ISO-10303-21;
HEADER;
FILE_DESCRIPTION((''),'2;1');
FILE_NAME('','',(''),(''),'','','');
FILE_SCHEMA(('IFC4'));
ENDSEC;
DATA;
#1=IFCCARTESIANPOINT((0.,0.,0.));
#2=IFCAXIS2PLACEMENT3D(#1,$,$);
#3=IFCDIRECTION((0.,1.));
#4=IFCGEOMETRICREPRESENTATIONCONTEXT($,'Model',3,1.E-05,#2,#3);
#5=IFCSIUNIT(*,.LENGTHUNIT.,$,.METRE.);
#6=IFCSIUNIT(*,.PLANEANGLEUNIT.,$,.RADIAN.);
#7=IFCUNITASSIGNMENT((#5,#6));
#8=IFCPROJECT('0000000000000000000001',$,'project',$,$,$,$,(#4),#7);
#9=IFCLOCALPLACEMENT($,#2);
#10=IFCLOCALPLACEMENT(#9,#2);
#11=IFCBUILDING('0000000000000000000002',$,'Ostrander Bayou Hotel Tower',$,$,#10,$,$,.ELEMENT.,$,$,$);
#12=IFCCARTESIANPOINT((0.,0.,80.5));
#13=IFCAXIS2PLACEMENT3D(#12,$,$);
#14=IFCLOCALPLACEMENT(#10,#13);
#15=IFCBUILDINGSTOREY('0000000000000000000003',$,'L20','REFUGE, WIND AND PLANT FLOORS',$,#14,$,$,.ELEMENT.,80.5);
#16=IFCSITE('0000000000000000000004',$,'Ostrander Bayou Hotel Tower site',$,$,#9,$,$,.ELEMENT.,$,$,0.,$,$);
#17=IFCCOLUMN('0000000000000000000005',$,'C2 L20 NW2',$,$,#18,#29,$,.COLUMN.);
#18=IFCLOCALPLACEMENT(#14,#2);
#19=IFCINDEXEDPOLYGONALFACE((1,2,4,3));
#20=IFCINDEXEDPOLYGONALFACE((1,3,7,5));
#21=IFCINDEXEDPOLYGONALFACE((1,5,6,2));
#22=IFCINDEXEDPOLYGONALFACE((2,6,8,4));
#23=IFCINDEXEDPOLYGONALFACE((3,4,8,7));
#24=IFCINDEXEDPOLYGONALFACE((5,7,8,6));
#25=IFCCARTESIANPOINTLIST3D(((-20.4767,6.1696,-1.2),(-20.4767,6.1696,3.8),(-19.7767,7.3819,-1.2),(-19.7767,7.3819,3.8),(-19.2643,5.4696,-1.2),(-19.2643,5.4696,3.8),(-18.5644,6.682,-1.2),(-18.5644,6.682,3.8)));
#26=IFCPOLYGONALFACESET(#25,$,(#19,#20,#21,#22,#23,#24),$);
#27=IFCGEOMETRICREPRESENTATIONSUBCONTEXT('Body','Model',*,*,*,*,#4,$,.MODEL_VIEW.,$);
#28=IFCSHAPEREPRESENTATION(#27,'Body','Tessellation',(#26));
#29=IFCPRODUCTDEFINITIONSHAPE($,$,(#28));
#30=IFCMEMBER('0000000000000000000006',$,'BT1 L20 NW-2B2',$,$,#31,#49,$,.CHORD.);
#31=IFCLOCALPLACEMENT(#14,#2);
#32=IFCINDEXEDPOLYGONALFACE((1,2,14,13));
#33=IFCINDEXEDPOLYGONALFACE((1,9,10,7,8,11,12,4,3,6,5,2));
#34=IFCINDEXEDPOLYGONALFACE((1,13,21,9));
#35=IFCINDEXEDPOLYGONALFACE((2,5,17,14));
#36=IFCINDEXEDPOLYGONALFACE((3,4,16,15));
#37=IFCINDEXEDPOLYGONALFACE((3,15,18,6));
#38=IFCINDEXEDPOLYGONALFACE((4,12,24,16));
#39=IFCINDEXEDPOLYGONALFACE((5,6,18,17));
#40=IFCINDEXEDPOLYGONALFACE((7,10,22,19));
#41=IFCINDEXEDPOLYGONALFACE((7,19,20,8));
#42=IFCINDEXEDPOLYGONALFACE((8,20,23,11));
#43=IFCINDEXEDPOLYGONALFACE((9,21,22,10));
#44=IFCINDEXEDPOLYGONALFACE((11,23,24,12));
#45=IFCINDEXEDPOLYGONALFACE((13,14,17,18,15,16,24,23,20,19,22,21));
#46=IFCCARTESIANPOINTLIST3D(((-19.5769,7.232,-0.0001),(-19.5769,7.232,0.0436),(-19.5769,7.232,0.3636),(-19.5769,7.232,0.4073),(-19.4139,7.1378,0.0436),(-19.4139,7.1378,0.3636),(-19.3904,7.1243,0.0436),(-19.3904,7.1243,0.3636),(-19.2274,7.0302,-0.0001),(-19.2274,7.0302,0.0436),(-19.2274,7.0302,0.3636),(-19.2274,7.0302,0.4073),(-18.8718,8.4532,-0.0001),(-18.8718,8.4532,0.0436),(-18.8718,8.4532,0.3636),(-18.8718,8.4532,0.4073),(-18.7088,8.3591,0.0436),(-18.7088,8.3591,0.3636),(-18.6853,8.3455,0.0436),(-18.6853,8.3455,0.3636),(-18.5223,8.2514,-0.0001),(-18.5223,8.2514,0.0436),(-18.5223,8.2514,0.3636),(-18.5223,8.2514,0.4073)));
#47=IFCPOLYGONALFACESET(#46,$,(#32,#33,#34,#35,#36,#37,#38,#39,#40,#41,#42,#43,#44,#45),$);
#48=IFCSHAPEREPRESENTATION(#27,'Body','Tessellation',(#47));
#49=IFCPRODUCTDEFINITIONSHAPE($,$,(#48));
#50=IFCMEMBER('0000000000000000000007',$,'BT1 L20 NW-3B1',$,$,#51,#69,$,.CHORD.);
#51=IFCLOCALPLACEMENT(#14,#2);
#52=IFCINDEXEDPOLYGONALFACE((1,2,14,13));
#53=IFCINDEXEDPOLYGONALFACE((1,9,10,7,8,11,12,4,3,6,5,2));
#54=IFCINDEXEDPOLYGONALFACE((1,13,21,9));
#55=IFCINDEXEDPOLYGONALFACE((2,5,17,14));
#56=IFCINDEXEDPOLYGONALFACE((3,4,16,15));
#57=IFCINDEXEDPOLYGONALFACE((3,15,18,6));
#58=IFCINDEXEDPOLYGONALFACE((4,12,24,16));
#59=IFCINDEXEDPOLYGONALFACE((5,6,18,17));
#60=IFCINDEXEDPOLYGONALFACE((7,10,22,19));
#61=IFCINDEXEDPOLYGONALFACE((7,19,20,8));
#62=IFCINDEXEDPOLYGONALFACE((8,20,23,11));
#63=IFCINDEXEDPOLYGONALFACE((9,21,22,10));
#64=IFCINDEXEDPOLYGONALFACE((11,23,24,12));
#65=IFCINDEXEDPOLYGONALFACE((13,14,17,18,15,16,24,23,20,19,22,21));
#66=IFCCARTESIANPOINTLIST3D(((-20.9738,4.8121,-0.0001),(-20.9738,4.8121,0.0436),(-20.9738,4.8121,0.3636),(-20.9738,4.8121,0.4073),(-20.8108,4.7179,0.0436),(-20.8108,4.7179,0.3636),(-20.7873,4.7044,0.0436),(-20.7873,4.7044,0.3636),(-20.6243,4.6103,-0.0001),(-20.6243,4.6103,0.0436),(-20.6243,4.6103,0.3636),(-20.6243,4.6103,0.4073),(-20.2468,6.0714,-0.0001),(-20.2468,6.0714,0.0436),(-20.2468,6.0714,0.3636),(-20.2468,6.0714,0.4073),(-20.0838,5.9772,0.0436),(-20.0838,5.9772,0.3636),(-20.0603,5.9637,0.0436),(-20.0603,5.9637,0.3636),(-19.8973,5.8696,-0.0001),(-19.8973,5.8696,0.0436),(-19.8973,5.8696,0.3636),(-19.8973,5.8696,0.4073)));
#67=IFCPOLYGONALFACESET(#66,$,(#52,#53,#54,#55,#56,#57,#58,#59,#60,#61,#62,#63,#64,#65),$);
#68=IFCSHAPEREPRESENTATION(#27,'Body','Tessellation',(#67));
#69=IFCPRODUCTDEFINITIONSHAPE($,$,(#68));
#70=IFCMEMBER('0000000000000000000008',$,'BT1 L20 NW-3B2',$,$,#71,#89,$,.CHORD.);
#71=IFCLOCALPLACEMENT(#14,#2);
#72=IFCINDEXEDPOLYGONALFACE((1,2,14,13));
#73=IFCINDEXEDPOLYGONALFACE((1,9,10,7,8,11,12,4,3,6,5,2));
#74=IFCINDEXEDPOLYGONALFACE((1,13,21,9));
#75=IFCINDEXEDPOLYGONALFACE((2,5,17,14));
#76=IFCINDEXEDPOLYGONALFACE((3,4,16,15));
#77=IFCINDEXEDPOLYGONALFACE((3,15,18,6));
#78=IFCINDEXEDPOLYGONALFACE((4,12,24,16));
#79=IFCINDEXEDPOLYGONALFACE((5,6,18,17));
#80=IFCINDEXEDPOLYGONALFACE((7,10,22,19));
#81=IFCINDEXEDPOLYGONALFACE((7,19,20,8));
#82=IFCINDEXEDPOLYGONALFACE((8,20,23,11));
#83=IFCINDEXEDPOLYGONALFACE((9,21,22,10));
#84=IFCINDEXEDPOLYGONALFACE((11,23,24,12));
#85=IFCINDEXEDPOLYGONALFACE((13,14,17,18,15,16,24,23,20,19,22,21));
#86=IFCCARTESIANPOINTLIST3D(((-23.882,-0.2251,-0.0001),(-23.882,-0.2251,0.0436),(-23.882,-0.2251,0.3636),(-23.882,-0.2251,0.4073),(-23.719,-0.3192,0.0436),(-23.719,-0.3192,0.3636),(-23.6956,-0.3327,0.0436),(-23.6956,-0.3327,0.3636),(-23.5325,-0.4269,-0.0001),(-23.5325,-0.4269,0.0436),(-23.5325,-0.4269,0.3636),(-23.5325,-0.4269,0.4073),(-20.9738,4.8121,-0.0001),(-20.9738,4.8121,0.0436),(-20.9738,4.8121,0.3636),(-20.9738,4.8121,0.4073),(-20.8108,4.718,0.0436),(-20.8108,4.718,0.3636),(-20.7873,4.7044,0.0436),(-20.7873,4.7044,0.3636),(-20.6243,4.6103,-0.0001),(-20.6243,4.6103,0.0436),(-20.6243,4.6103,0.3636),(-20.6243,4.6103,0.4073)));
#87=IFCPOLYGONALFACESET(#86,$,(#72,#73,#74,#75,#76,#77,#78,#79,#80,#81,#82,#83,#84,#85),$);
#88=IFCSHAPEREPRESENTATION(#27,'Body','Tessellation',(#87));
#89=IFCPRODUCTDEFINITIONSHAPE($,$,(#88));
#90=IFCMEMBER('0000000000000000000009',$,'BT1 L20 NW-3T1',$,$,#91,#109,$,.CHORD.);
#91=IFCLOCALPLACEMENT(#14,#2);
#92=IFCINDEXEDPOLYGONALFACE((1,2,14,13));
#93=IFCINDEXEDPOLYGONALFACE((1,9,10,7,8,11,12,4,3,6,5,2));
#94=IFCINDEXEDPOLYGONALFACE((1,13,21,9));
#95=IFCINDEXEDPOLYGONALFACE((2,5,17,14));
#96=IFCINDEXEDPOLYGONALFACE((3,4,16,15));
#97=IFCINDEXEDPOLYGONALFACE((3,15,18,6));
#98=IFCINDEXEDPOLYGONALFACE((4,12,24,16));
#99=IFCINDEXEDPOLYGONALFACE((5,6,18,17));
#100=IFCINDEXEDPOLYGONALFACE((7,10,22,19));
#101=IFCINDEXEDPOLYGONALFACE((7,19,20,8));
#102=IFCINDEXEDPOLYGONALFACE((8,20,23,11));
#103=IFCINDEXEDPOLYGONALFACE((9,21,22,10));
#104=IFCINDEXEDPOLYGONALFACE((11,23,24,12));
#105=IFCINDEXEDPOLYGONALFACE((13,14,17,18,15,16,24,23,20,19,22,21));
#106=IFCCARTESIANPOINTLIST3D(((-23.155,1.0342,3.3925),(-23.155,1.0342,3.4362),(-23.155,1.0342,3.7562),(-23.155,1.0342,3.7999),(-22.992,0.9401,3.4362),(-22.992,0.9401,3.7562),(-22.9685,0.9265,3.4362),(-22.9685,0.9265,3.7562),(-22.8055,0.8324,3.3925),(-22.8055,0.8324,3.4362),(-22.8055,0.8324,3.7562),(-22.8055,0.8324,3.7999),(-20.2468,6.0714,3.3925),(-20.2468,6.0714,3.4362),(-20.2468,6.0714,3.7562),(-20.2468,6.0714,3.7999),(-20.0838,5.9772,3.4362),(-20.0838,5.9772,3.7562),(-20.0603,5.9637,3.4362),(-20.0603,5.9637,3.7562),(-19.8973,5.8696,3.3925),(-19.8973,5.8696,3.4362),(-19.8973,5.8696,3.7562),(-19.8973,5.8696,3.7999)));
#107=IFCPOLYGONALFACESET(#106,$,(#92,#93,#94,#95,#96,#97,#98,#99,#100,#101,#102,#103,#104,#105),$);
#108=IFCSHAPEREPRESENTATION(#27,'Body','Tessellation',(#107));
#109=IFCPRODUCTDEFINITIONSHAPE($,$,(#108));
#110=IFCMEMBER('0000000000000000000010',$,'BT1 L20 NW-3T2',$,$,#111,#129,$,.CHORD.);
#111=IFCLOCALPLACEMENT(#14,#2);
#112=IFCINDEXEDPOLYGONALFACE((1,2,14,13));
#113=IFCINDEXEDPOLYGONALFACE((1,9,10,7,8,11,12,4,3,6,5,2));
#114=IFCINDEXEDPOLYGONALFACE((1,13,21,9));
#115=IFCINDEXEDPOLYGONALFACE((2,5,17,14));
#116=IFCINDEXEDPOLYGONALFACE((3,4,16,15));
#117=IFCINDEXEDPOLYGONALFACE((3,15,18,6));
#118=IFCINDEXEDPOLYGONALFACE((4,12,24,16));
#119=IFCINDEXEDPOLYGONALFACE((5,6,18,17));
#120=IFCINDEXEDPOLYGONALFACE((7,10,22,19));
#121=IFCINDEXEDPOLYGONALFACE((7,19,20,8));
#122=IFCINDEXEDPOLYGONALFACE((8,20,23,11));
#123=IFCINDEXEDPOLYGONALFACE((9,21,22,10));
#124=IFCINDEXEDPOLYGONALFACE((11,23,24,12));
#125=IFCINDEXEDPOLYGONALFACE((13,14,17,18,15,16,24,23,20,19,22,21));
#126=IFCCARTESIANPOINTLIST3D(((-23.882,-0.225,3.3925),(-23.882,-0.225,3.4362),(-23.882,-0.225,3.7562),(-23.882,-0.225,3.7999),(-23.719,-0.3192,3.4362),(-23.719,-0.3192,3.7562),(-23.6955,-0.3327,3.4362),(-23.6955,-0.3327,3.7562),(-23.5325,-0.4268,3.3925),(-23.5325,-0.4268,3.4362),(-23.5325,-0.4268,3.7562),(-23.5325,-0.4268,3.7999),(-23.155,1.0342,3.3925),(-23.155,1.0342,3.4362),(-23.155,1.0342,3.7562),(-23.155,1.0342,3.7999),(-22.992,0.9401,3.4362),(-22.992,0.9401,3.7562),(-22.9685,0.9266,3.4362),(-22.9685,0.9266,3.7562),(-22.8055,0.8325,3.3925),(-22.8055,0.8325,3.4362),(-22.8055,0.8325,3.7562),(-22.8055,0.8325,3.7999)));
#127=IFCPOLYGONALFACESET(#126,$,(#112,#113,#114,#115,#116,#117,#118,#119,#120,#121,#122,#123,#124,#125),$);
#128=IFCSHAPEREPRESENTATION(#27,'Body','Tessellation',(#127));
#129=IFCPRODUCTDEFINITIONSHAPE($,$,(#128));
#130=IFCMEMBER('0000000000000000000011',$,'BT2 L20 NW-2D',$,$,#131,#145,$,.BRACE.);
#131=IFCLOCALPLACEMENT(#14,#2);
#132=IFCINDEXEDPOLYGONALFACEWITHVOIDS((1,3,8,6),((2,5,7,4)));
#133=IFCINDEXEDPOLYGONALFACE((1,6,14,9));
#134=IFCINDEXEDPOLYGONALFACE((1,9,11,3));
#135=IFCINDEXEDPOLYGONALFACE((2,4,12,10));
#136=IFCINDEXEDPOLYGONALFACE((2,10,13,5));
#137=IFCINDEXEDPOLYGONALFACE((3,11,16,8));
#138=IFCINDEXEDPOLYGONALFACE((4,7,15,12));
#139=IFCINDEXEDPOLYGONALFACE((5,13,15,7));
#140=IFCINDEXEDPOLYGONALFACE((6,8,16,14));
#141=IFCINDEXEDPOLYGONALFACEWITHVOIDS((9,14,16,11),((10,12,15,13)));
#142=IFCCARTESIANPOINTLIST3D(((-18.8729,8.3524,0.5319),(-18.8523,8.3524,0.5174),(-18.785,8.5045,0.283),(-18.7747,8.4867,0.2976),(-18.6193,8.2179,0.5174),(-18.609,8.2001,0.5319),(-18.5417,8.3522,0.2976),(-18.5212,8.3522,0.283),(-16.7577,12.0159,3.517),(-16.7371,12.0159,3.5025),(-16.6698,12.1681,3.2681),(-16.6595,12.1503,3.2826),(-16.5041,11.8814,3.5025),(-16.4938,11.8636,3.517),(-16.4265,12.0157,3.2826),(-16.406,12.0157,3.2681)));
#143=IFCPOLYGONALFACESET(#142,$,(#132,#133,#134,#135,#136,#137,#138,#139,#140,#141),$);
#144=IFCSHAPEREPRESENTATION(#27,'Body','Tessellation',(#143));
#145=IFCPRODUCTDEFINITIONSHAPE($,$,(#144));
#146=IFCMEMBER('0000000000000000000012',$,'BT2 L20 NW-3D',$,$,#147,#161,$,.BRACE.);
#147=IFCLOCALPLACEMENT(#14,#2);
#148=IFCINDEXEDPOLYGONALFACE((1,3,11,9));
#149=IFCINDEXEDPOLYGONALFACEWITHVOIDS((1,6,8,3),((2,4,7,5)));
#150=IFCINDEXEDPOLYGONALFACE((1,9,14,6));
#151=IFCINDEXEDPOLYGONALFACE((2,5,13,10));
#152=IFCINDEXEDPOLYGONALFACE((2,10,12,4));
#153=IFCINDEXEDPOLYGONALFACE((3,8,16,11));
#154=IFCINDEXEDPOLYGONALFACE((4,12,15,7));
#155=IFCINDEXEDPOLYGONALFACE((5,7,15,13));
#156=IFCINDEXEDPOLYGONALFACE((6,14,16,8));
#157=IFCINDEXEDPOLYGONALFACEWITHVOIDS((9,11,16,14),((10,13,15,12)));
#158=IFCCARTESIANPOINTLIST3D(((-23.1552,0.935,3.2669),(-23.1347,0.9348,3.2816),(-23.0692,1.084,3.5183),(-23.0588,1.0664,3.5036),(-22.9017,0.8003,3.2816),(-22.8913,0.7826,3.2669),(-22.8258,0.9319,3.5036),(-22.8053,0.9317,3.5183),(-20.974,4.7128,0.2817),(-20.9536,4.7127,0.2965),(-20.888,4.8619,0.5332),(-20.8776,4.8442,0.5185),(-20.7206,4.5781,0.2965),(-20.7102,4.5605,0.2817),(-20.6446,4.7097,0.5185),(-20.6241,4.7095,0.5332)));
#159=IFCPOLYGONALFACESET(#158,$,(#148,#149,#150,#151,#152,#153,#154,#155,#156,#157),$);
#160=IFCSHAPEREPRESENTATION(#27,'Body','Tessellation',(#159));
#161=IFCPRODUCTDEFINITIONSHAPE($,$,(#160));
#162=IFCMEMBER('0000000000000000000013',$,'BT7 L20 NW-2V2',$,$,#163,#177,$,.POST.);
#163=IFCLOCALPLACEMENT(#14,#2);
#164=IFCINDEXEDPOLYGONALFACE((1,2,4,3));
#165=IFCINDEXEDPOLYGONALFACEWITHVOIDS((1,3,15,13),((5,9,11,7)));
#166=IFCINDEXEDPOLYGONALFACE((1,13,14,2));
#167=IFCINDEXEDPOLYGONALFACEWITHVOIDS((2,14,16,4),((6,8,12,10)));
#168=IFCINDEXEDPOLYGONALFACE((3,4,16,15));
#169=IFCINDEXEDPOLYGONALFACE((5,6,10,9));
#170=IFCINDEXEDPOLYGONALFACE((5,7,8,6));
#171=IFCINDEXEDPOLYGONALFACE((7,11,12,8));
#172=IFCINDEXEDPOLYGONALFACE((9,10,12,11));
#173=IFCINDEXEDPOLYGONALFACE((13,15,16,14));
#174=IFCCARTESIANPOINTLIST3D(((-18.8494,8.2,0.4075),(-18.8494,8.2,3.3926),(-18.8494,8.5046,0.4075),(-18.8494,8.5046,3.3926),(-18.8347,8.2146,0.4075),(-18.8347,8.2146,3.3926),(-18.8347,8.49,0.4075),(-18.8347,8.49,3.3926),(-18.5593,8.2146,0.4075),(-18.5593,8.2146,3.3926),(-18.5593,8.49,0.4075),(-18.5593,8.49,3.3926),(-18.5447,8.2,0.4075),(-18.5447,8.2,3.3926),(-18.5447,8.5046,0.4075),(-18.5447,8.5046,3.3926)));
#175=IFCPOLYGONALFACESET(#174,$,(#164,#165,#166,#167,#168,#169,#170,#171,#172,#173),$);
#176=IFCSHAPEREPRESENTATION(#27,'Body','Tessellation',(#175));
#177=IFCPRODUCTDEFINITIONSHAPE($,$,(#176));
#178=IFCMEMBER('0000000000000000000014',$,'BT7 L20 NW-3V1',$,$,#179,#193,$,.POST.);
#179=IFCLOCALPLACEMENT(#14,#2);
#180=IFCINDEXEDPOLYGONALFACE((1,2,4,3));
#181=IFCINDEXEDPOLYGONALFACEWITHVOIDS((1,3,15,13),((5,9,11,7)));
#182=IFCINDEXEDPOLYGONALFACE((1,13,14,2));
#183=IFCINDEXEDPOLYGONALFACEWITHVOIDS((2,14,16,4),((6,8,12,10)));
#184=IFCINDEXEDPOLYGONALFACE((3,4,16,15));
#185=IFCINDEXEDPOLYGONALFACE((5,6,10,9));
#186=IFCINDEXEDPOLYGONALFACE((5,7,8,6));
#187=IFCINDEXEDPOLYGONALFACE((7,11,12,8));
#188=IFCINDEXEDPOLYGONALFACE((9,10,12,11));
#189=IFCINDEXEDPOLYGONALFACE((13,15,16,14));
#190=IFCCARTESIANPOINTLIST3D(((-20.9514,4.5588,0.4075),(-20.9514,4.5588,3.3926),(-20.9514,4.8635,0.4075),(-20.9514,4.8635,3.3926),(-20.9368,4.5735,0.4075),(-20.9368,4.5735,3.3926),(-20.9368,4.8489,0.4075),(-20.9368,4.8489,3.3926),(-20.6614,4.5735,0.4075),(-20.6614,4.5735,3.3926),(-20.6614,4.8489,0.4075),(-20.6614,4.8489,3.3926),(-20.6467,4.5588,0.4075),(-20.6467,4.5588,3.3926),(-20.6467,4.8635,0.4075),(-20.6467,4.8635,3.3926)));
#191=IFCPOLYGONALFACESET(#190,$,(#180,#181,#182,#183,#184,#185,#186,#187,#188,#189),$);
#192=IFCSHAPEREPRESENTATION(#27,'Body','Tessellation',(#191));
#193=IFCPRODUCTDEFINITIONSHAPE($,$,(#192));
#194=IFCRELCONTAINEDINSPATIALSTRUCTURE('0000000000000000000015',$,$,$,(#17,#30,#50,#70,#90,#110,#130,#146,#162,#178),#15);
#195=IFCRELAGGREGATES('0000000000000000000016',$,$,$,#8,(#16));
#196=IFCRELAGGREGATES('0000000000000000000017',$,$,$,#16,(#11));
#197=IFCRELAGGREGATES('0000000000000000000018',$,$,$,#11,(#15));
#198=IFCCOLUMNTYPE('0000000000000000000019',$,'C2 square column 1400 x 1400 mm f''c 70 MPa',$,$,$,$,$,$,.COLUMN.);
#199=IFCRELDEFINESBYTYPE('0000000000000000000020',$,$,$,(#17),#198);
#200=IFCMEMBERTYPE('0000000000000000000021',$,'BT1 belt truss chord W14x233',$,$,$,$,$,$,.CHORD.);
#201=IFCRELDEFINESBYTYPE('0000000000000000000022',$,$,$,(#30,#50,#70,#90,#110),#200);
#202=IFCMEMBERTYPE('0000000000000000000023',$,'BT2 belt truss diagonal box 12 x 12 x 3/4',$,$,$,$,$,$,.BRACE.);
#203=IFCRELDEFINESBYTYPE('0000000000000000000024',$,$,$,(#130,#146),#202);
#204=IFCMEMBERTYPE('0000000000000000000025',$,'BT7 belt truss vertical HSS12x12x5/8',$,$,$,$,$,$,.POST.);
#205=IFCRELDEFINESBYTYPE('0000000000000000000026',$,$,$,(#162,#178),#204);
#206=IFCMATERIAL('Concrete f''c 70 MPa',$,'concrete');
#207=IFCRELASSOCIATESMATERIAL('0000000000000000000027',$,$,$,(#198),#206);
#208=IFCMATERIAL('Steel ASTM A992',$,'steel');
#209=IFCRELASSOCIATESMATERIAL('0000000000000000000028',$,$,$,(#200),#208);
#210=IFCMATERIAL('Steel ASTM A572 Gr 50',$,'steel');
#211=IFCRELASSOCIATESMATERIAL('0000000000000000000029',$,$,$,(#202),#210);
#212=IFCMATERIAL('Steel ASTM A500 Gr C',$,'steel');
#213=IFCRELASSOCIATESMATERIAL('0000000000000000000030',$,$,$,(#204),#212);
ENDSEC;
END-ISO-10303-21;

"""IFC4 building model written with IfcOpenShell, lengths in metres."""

from ifc_helpers import new_model, si_unit, direction, frame, origin, origin_2d, place, context, subcontext, project, spatial, rectangle, hollow_rectangle, i_section, extrude, material, material_profile, profile_set, type_object, element, save


model = new_model("IFC4")

# Units and contexts
model_context = context("Model", 3, precision=1e-05, world=origin(), true_north=direction((0.0, 1.0)))
body_context = subcontext(model_context, "Body", "Model", "MODEL_VIEW")
ifc_project = project(units=[si_unit("LENGTHUNIT", "METRE"), si_unit("PLANEANGLEUNIT", "RADIAN")], contexts=[model_context])

# Site, building, storey
site_placement = place(None, origin())
site = spatial("IfcSite", under=ifc_project, at=site_placement, Name="Ostrander Bayou Hotel Tower site", CompositionType="ELEMENT", RefElevation=0.0)
building_placement = place(site_placement, origin())
building = spatial("IfcBuilding", under=site, at=building_placement, Name="Ostrander Bayou Hotel Tower", CompositionType="ELEMENT")
storey_placement = place(building_placement, frame((0.0, 0.0, 80.5)))
storey = spatial("IfcBuildingStorey", under=building, at=storey_placement, Name="L20", Description="REFUGE, WIND AND PLANT FLOORS", CompositionType="ELEMENT", Elevation=80.5)

# Column
ifc_material_1 = material(Name="Concrete f'c 70 MPa", Category="concrete")
ifc_material_profile_1 = material_profile(ifc_material_1, rectangle(XDim=1.3999, YDim=1.3999, at=origin_2d()))
ifc_profile_set_1 = profile_set([ifc_material_profile_1], Name="Concrete f'c 70 MPa")
column_type = type_object("IfcColumnType", Name="C2 square column 1400 x 1400 mm f'c 70 MPa", PredefinedType="COLUMN", material=ifc_profile_set_1)
column_placement = place(storey_placement, frame((-19.5205, 6.4258, -1.2), z_axis=(0.0, 0.0, 1.0), x_axis=(0.5, 0.866025, 0.0)))
element("IfcColumn", 1, at=column_placement, inside=storey, type_object=column_type, Name="C2 L20 NW2", PredefinedType="COLUMN", context=body_context, shape_type="SweptSolid", body=[
    extrude(rectangle(XDim=1.3999, YDim=1.3999, at=origin_2d()), origin(), (0.0, 0.0, 1.0), 5.0),
])

# Members
ifc_material_2 = material(Name="Steel ASTM A992", Category="steel")
ifc_material_profile_2 = material_profile(ifc_material_2, i_section(OverallWidth=0.4036, OverallDepth=0.4075, WebThickness=0.0271, FlangeThickness=0.0437, at=origin_2d()))
ifc_profile_set_2 = profile_set([ifc_material_profile_2], Name="Steel ASTM A992")
member_type_1 = type_object("IfcMemberType", Name="BT1 belt truss chord W14x233", PredefinedType="CHORD", material=ifc_profile_set_2)
member_1_placement = place(storey_placement, frame((-18.697, 8.3523, 0.2036), z_axis=(-0.500012, -0.866018, 0.0), x_axis=(0.866018, -0.500012, 0.0)))
element("IfcMember", 2, at=member_1_placement, inside=storey, type_object=member_type_1, Name="BT1 L20 NW-2B2", PredefinedType="CHORD", context=body_context, shape_type="SweptSolid", body=[
    extrude(i_section(OverallWidth=0.4036, OverallDepth=0.4075, WebThickness=0.0271, FlangeThickness=0.0437, at=origin_2d()), origin(), (0.0, 0.0, 1.0), 1.4102),
])
member_2_placement = place(storey_placement, frame((-20.072, 5.9705, 0.2036), z_axis=(-0.500003, -0.866023, 0.0), x_axis=(0.866023, -0.500003, 0.0)))
element("IfcMember", 3, at=member_2_placement, inside=storey, type_object=member_type_1, Name="BT1 L20 NW-3B1", PredefinedType="CHORD", context=body_context, shape_type="SweptSolid", body=[
    extrude(i_section(OverallWidth=0.4036, OverallDepth=0.4075, WebThickness=0.0271, FlangeThickness=0.0437, at=origin_2d()), origin(), (0.0, 0.0, 1.0), 1.4541),
])
for number, where, z_axis, x_axis, name in (
    (4, (-20.7991, 4.7112, 0.2036), (-0.500003, -0.866023, 0.0), (0.866023, -0.500003, 0.0), "BT1 L20 NW-3B2"),
    (5, (-20.072, 5.9705, 3.5962), (-0.500003, -0.866023, 0.0), (0.866023, -0.500003, 0.0), "BT1 L20 NW-3T1"),
):
    element("IfcMember", number, at=place(storey_placement, frame(where, z_axis=z_axis, x_axis=x_axis)), inside=storey, type_object=member_type_1, Name=name, PredefinedType="CHORD", context=body_context, shape_type="SweptSolid", body=[
        extrude(i_section(OverallWidth=0.4036, OverallDepth=0.4075, WebThickness=0.0271, FlangeThickness=0.0437, at=origin_2d()), origin(), (0.0, 0.0, 1.0), 5.8164),
    ])
member_3_placement = place(storey_placement, frame((-22.9802, 0.9333, 3.5962), z_axis=(-0.500003, -0.866023, 0.0), x_axis=(0.866023, -0.500003, 0.0)))
element("IfcMember", 6, at=member_3_placement, inside=storey, type_object=member_type_1, Name="BT1 L20 NW-3T2", PredefinedType="CHORD", context=body_context, shape_type="SweptSolid", body=[
    extrude(i_section(OverallWidth=0.4036, OverallDepth=0.4075, WebThickness=0.0271, FlangeThickness=0.0437, at=origin_2d()), origin(), (0.0, 0.0, 1.0), 1.4541),
])
ifc_material_3 = material(Name="Steel ASTM A572 Gr 50", Category="steel")
ifc_material_profile_3 = material_profile(ifc_material_3, hollow_rectangle(XDim=0.3047, YDim=0.3047, WallThickness=0.0178, at=origin_2d()))
ifc_profile_set_3 = profile_set([ifc_material_profile_3], Name="Steel ASTM A572 Gr 50")
member_type_2 = type_object("IfcMemberType", Name="BT2 belt truss diagonal box 12 x 12 x 3/4", PredefinedType="BRACE", material=ifc_profile_set_3)
member_4_placement = place(storey_placement, frame((-18.697, 8.3523, 0.4075), z_axis=(0.408541, 0.707591, 0.57655), x_axis=(-0.866018, 0.500012, 0.0)))
element("IfcMember", 7, at=member_4_placement, inside=storey, type_object=member_type_2, Name="BT2 L20 NW-2D", PredefinedType="BRACE", context=body_context, shape_type="SweptSolid", body=[
    extrude(hollow_rectangle(XDim=0.3047, YDim=0.3047, WallThickness=0.0178, at=origin_2d()), origin(), (0.0, 0.0, 1.0), 5.1775),
])
member_5_placement = place(storey_placement, frame((-20.7991, 4.7112, 0.4075), z_axis=(-0.412639, -0.714705, 0.564735), x_axis=(0.866023, -0.500003, 0.0)))
element("IfcMember", 8, at=member_5_placement, inside=storey, type_object=member_type_2, Name="BT2 L20 NW-3D", PredefinedType="BRACE", context=body_context, shape_type="SweptSolid", body=[
    extrude(hollow_rectangle(XDim=0.3047, YDim=0.3047, WallThickness=0.0178, at=origin_2d()), origin(), (0.0, 0.0, 1.0), 5.2859),
])
ifc_material_4 = material(Name="Steel ASTM A500 Gr C", Category="steel")
ifc_material_profile_4 = material_profile(ifc_material_4, hollow_rectangle(XDim=0.3047, YDim=0.3047, WallThickness=0.0146, at=origin_2d()))
ifc_profile_set_4 = profile_set([ifc_material_profile_4], Name="Steel ASTM A500 Gr C")
member_type_3 = type_object("IfcMemberType", Name="BT7 belt truss vertical HSS12x12x5/8", PredefinedType="POST", material=ifc_profile_set_4)
for number, where, z_axis, x_axis, name in (
    (9, (-18.697, 8.3523, 0.4075), (0.0, 0.0, 1.0), (1.0, 0.0, 0.0), "BT7 L20 NW-2V2"),
    (10, (-20.7991, 4.7112, 0.4075), (0.0, 0.0, 1.0), (1.0, 0.0, 0.0), "BT7 L20 NW-3V1"),
):
    element("IfcMember", number, at=place(storey_placement, frame(where, z_axis=z_axis, x_axis=x_axis)), inside=storey, type_object=member_type_3, Name=name, PredefinedType="POST", context=body_context, shape_type="SweptSolid", body=[
        extrude(hollow_rectangle(XDim=0.3047, YDim=0.3047, WallThickness=0.0146, at=origin_2d()), origin(), (0.0, 0.0, 1.0), 2.9851),
    ])

save(model, "model.ifc")
